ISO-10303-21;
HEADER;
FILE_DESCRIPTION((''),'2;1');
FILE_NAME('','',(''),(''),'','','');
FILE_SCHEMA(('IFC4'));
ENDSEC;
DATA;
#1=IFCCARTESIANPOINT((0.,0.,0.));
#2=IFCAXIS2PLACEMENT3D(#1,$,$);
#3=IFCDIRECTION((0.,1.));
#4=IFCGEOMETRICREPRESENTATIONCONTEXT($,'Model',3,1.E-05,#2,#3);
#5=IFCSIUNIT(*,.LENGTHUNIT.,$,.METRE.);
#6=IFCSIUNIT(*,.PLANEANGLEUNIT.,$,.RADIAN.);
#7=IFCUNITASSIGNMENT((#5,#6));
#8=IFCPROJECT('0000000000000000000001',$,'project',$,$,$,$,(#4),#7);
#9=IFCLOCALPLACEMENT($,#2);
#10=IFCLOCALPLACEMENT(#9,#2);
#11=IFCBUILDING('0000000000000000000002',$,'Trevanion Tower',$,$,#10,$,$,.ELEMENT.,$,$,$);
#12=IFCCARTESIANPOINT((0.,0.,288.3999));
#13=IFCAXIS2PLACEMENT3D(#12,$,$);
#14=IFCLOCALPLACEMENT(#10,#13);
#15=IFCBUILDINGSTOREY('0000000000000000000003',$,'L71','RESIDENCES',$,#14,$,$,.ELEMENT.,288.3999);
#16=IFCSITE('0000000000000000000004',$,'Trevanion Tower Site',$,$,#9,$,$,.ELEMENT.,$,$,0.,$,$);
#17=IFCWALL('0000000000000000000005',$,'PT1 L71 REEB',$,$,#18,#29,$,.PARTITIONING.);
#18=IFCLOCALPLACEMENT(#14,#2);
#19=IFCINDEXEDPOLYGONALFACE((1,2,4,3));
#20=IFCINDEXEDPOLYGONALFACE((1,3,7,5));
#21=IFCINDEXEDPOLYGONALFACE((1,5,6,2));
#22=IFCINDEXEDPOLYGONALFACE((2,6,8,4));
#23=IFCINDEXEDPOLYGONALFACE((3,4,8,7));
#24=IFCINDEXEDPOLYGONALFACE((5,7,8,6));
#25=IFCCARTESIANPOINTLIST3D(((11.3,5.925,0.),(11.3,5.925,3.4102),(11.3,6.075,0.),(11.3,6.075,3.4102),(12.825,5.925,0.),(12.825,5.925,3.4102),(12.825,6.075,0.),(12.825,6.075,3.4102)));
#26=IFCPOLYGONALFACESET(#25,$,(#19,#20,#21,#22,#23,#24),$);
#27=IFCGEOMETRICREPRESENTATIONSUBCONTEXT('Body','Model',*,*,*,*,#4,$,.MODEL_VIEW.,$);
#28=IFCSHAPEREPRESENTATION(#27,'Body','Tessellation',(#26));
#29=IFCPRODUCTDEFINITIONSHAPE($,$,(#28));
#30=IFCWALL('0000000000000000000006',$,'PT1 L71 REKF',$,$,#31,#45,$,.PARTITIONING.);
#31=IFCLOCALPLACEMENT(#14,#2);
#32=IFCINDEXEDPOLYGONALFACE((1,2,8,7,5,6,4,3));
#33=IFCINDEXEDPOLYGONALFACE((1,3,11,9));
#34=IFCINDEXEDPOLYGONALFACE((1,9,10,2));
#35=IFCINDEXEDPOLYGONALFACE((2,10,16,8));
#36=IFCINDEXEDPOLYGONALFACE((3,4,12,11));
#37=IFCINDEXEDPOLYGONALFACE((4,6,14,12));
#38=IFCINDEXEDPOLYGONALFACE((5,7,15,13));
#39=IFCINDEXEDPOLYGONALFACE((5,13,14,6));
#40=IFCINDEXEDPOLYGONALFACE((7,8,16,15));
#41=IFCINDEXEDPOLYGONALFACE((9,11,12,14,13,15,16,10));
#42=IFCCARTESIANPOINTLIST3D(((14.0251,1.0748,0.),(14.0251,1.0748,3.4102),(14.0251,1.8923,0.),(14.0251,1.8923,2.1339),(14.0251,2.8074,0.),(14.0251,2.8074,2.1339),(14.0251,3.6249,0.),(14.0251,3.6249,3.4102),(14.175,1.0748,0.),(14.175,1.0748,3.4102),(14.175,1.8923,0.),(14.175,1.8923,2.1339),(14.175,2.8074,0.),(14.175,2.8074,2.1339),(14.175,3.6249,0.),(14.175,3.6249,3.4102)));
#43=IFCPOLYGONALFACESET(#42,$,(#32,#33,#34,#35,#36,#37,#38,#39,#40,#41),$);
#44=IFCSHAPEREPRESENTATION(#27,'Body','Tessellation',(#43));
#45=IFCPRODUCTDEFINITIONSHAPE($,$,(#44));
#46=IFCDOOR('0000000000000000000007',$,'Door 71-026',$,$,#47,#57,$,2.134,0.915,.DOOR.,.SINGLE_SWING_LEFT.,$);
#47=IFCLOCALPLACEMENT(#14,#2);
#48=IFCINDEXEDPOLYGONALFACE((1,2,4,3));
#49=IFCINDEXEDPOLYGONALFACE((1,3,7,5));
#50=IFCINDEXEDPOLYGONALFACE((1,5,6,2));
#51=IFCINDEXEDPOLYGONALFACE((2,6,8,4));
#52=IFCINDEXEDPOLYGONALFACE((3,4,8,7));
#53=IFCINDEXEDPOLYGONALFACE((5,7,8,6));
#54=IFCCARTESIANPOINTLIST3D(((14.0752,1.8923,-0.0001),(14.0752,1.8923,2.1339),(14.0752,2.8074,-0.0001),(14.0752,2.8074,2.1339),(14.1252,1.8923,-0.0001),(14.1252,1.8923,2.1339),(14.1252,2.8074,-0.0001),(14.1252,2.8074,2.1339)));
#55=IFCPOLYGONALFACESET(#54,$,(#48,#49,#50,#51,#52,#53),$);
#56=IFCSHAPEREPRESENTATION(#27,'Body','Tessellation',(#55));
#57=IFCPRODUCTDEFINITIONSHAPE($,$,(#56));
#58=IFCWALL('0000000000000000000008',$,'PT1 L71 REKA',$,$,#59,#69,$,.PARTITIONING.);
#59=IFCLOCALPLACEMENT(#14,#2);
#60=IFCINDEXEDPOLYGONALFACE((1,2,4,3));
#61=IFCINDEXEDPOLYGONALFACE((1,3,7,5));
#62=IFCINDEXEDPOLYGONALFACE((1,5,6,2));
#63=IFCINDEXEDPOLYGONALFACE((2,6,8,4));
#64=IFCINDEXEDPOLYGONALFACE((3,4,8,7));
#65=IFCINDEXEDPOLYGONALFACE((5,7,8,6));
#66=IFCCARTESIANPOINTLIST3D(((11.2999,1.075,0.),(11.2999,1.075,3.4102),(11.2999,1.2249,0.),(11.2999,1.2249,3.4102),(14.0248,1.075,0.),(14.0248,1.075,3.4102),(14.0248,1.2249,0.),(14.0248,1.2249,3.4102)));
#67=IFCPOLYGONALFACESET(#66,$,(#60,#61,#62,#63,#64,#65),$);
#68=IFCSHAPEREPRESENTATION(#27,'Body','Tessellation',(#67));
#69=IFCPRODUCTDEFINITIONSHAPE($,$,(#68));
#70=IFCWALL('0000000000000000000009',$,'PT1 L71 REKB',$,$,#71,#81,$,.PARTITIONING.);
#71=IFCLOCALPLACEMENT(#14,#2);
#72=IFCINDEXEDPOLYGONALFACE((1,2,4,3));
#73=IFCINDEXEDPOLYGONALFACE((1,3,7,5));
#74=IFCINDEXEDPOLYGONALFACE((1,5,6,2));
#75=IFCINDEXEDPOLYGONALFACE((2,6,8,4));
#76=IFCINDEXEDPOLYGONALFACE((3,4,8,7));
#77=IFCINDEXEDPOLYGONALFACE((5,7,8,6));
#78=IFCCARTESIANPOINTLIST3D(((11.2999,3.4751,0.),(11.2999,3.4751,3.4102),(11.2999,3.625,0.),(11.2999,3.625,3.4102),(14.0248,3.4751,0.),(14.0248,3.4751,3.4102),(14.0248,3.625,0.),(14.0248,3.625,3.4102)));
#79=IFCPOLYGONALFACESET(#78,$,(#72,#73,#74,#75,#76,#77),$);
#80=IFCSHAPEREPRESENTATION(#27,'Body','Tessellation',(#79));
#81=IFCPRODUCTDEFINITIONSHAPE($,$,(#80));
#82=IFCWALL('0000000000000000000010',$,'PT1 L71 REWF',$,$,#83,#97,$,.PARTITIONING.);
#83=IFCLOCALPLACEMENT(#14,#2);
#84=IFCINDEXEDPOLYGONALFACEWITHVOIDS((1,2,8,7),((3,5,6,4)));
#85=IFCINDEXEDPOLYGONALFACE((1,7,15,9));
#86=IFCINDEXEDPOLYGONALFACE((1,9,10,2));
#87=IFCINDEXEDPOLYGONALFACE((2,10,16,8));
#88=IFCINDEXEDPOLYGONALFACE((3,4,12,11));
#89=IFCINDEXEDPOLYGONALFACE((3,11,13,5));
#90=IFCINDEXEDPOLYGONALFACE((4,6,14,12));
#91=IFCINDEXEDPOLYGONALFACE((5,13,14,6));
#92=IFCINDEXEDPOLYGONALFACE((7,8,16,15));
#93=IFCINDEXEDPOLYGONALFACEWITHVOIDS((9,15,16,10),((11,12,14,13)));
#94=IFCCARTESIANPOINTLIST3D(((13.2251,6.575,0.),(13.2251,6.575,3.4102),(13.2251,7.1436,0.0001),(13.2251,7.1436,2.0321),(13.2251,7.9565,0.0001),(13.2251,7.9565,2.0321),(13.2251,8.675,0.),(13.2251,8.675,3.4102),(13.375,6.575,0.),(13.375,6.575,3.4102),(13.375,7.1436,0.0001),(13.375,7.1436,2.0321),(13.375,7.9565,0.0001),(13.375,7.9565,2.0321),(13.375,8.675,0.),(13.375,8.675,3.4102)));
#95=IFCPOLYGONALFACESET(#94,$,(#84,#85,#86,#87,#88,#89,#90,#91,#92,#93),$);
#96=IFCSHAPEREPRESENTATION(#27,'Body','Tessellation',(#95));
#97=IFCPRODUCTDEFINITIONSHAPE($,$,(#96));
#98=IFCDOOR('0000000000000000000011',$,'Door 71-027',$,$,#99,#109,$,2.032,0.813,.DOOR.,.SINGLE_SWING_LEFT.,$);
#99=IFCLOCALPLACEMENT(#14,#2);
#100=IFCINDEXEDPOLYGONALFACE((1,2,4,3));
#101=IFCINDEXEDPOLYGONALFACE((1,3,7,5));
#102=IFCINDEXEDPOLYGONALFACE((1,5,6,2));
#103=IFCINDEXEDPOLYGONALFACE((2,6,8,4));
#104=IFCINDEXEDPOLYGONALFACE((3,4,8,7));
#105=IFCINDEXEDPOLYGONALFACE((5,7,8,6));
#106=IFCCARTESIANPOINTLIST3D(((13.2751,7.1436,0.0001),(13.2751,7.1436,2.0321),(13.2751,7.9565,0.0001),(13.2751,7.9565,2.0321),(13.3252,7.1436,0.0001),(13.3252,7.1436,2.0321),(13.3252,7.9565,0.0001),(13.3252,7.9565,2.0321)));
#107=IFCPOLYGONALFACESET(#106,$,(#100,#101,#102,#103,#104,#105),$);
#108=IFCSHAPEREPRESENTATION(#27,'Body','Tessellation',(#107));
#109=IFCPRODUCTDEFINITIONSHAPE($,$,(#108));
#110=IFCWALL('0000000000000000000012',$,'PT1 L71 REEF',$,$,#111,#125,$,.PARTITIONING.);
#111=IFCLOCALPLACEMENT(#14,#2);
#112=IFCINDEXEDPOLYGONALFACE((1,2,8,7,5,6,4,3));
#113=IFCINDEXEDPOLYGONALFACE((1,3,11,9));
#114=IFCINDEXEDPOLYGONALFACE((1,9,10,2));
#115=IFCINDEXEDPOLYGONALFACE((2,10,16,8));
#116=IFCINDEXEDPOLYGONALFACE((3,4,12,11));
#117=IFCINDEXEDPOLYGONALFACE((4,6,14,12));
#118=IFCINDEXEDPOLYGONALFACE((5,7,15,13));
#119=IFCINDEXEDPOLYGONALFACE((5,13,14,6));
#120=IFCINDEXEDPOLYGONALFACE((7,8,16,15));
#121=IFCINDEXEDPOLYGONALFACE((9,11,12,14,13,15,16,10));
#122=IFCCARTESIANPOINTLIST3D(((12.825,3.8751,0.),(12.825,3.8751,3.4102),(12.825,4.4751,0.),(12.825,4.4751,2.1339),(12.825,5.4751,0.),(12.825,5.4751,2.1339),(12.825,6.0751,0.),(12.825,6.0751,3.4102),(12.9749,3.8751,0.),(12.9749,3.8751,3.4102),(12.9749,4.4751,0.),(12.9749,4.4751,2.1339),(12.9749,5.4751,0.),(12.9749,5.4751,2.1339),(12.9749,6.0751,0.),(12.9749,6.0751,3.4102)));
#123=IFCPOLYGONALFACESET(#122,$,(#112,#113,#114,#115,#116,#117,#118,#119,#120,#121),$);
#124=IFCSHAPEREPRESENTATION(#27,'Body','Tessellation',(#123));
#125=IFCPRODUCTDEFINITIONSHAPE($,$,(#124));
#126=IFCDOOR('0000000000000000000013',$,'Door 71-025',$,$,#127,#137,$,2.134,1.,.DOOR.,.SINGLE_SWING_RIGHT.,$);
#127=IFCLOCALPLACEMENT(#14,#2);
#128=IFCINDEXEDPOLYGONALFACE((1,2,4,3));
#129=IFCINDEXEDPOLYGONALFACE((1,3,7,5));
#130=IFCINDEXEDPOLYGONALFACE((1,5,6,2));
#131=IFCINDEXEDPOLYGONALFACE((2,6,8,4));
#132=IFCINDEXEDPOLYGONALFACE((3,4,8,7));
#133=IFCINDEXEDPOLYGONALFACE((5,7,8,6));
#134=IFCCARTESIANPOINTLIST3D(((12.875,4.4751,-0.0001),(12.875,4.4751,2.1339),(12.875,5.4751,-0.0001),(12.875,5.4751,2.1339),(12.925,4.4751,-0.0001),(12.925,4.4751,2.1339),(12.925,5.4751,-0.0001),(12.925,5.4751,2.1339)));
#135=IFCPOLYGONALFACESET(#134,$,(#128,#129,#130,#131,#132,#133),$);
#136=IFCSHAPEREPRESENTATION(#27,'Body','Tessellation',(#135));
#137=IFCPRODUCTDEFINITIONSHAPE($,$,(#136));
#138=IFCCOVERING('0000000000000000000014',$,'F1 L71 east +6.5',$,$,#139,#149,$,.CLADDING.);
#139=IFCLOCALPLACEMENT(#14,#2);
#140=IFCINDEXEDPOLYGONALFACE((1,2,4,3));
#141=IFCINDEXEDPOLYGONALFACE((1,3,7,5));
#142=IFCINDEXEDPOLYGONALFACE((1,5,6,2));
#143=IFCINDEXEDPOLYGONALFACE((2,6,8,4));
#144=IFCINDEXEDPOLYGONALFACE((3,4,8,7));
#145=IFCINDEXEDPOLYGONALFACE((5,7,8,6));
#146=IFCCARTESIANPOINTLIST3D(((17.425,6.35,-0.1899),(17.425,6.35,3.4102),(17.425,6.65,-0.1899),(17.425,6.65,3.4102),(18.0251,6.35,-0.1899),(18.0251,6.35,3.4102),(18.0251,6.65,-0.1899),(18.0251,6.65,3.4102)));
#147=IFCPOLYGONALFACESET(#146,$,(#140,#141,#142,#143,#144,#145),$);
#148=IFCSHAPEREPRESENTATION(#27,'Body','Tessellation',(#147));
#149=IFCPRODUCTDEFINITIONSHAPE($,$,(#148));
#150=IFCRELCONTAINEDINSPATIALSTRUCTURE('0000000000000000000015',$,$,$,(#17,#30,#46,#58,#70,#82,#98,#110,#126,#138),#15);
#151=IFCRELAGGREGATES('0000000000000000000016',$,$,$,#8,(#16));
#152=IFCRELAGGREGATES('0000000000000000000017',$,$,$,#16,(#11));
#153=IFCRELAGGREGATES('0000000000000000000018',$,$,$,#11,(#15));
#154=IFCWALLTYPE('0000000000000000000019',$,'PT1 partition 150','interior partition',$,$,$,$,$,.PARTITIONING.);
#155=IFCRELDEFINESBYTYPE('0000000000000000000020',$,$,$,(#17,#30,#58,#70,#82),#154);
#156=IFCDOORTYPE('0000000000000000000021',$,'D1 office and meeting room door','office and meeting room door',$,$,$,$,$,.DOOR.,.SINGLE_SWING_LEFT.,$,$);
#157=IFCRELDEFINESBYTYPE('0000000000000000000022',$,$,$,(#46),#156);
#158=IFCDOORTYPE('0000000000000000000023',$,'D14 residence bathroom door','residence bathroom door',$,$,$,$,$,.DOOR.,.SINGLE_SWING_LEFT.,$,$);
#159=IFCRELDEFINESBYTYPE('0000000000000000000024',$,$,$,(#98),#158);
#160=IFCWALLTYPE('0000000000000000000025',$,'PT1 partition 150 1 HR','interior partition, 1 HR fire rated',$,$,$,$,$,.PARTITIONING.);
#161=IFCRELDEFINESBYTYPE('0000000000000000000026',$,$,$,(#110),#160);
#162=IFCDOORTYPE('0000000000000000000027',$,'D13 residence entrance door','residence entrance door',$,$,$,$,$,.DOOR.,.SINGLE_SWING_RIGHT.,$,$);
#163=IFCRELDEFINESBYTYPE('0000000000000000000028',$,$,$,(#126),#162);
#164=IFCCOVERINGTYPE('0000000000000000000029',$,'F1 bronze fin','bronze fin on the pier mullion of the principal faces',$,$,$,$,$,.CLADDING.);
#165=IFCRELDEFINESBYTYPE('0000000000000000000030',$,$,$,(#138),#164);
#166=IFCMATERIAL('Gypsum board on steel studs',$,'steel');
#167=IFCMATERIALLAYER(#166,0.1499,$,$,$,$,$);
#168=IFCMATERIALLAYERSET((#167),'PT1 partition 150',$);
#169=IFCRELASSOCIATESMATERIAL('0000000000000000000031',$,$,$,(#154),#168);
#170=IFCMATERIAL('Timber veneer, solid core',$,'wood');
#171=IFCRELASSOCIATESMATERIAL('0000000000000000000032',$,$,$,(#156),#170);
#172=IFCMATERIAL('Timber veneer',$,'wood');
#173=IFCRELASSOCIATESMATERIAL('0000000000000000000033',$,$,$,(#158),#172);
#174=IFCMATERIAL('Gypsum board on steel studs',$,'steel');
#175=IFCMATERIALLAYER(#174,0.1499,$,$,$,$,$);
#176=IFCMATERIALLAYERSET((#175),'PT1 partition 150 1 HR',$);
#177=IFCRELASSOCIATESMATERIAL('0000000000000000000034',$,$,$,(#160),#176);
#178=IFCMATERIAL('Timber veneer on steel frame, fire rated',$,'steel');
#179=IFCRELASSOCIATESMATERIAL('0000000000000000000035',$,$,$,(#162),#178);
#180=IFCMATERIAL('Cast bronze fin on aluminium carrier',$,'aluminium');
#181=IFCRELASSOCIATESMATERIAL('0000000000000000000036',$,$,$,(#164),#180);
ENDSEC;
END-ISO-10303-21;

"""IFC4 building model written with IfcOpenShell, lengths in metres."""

from ifc_helpers import new_model, si_unit, direction, frame, frame_2d, origin, origin_2d, place, context, subcontext, project, spatial, rectangle, extrude, material, layer, layer_set, type_object, element, fill, save


model = new_model("IFC4")

# Units and contexts
model_context = context("Model", 3, precision=1e-05, world=origin(), true_north=direction((0.0, 1.0)))
body_context = subcontext(model_context, "Body", "Model", "MODEL_VIEW")
ifc_project = project(units=[si_unit("LENGTHUNIT", "METRE"), si_unit("PLANEANGLEUNIT", "RADIAN")], contexts=[model_context])

# Site, building, storey
site_placement = place(None, origin())
site = spatial("IfcSite", under=ifc_project, at=site_placement, Name="Trevanion Tower Site", CompositionType="ELEMENT", RefElevation=0.0)
building_placement = place(site_placement, origin())
building = spatial("IfcBuilding", under=site, at=building_placement, Name="Trevanion Tower", CompositionType="ELEMENT")
storey_placement = place(building_placement, frame((0.0, 0.0, 288.3999)))
storey = spatial("IfcBuildingStorey", under=building, at=storey_placement, Name="L71", Description="RESIDENCES", CompositionType="ELEMENT", Elevation=288.3999)

# Shared definitions
ifc_material_1 = material(Name="Gypsum board on steel studs", Category="steel")
ifc_layer_1 = layer(ifc_material_1, 0.1499)
ifc_layer_set_1 = layer_set([ifc_layer_1], Name="PT1 partition 150")
wall_type_1 = type_object("IfcWallType", Name="PT1 partition 150", Description="interior partition", PredefinedType="PARTITIONING", material=ifc_layer_set_1)
ifc_material_2 = material(Name="Timber veneer, solid core", Category="wood")
door_type_1 = type_object("IfcDoorType", Name="D1 office and meeting room door", Description="office and meeting room door", OperationType="SINGLE_SWING_LEFT", PredefinedType="DOOR", material=ifc_material_2)

# Wall
for number, where, z_axis, x_axis, name in (
    (1, (11.3, 6.0, 0.0), (0.0, 0.0, 1.0), (1.0, 0.0, 0.0), "PT1 L71 REEB"),
):
    element("IfcWall", number, at=place(storey_placement, frame(where, z_axis=z_axis, x_axis=x_axis)), inside=storey, type_object=wall_type_1, Name=name, PredefinedType="PARTITIONING", context=body_context, shape_type="SweptSolid", body=[
        extrude(rectangle(XDim=1.5249, YDim=0.1499, at=frame_2d((0.7625, 0.0))), origin(), (0.0, 0.0, 1.0), 3.4102),
    ])

# Wall, opening, door
wall_1_placement = place(storey_placement, frame((14.1001, 1.075, 0.0), z_axis=(0.0, 0.0, 1.0), x_axis=(0.0, 1.0, 0.0)))
wall_1 = element("IfcWall", 2, at=wall_1_placement, inside=storey, type_object=wall_type_1, Name="PT1 L71 REKF", PredefinedType="PARTITIONING", context=body_context, shape_type="SweptSolid", body=[
    extrude(rectangle(XDim=2.55, YDim=0.1499, at=frame_2d((1.2749, 0.0))), origin(), (0.0, 0.0, 1.0), 3.4102),
])
opening_1_placement = place(wall_1_placement, frame((0.8174, 0.0, 0.0)))
opening_1 = element("IfcOpeningElement", 3, at=opening_1_placement, cuts=wall_1, PredefinedType="OPENING", context=body_context, shape_type="SweptSolid", body=[
    extrude(rectangle(XDim=0.915, YDim=2.134, at=frame_2d((0.4575, 1.0669))), frame((0.0, 0.085, 0.0), z_axis=(0.0, -1.0, 0.0), x_axis=(1.0, 0.0, 0.0)), (0.0, 0.0, 1.0), 0.1699),
])
door_1_placement = place(opening_1_placement, origin())
door_1 = element("IfcDoor", 4, at=door_1_placement, inside=storey, type_object=door_type_1, Name="Door 71-026", OperationType="SINGLE_SWING_LEFT", OverallHeight=2.134, OverallWidth=0.915, PredefinedType="DOOR", context=body_context, shape_type="SweptSolid", body=[
    extrude(rectangle(XDim=0.915, YDim=2.134, at=frame_2d((0.4575, 1.0669))), frame((0.0, 0.0249, 0.0), z_axis=(0.0, -1.0, 0.0), x_axis=(1.0, 0.0, 0.0)), (0.0, 0.0, 1.0), 0.05),
])
fill(opening_1, door_1)

# Walls
for number, where, z_axis, x_axis, name in (
    (5, (11.3, 1.1499, 0.0), (0.0, 0.0, 1.0), (1.0, 0.0, 0.0), "PT1 L71 REKA"),
    (6, (11.3, 3.55, 0.0), (0.0, 0.0, 1.0), (1.0, 0.0, 0.0), "PT1 L71 REKB"),
):
    element("IfcWall", number, at=place(storey_placement, frame(where, z_axis=z_axis, x_axis=x_axis)), inside=storey, type_object=wall_type_1, Name=name, PredefinedType="PARTITIONING", context=body_context, shape_type="SweptSolid", body=[
        extrude(rectangle(XDim=2.7249, YDim=0.1499, at=frame_2d((1.3623, 0.0))), origin(), (0.0, 0.0, 1.0), 3.4102),
    ])

# Walls, openings, doors
wall_2_placement = place(storey_placement, frame((13.3, 6.575, 0.0), z_axis=(0.0, 0.0, 1.0), x_axis=(0.0, 1.0, 0.0)))
wall_2 = element("IfcWall", 7, at=wall_2_placement, inside=storey, type_object=wall_type_1, Name="PT1 L71 REWF", PredefinedType="PARTITIONING", context=body_context, shape_type="SweptSolid", body=[
    extrude(rectangle(XDim=2.1001, YDim=0.1499, at=frame_2d((1.05, 0.0))), origin(), (0.0, 0.0, 1.0), 3.4102),
])
opening_2_placement = place(wall_2_placement, frame((0.5686, 0.0, 0.0)))
opening_2 = element("IfcOpeningElement", 8, at=opening_2_placement, cuts=wall_2, PredefinedType="OPENING", context=body_context, shape_type="SweptSolid", body=[
    extrude(rectangle(XDim=0.813, YDim=2.032, at=frame_2d((0.4065, 1.0161))), frame((0.0, 0.085, 0.0), z_axis=(0.0, -1.0, 0.0), x_axis=(1.0, 0.0, 0.0)), (0.0, 0.0, 1.0), 0.1699),
])
ifc_material_3 = material(Name="Timber veneer", Category="wood")
door_type_2 = type_object("IfcDoorType", Name="D14 residence bathroom door", Description="residence bathroom door", OperationType="SINGLE_SWING_LEFT", PredefinedType="DOOR", material=ifc_material_3)
door_2_placement = place(opening_2_placement, origin())
door_2 = element("IfcDoor", 9, at=door_2_placement, inside=storey, type_object=door_type_2, Name="Door 71-027", OperationType="SINGLE_SWING_LEFT", OverallHeight=2.032, OverallWidth=0.813, PredefinedType="DOOR", context=body_context, shape_type="SweptSolid", body=[
    extrude(rectangle(XDim=0.813, YDim=2.032, at=frame_2d((0.4065, 1.0161))), frame((0.0, 0.0249, 0.0), z_axis=(0.0, -1.0, 0.0), x_axis=(1.0, 0.0, 0.0)), (0.0, 0.0, 1.0), 0.05),
])
fill(opening_2, door_2)
ifc_material_4 = material(Name="Gypsum board on steel studs", Category="steel")
ifc_layer_2 = layer(ifc_material_4, 0.1499)
ifc_layer_set_2 = layer_set([ifc_layer_2], Name="PT1 partition 150 1 HR")
wall_type_2 = type_object("IfcWallType", Name="PT1 partition 150 1 HR", Description="interior partition, 1 HR fire rated", PredefinedType="PARTITIONING", material=ifc_layer_set_2)
wall_3_placement = place(storey_placement, frame((12.8999, 3.875, 0.0), z_axis=(0.0, 0.0, 1.0), x_axis=(0.0, 1.0, 0.0)))
wall_3 = element("IfcWall", 10, at=wall_3_placement, inside=storey, type_object=wall_type_2, Name="PT1 L71 REEF", PredefinedType="PARTITIONING", context=body_context, shape_type="SweptSolid", body=[
    extrude(rectangle(XDim=2.2, YDim=0.1499, at=frame_2d((1.1001, 0.0))), origin(), (0.0, 0.0, 1.0), 3.4102),
])
opening_3_placement = place(wall_3_placement, frame((0.6001, 0.0, 0.0)))
opening_3 = element("IfcOpeningElement", 11, at=opening_3_placement, cuts=wall_3, PredefinedType="OPENING", context=body_context, shape_type="SweptSolid", body=[
    extrude(rectangle(XDim=1.0, YDim=2.134, at=frame_2d((0.5, 1.0669))), frame((0.0, 0.085, 0.0), z_axis=(0.0, -1.0, 0.0), x_axis=(1.0, 0.0, 0.0)), (0.0, 0.0, 1.0), 0.1699),
])
ifc_material_5 = material(Name="Timber veneer on steel frame, fire rated", Category="steel")
door_type_3 = type_object("IfcDoorType", Name="D13 residence entrance door", Description="residence entrance door", OperationType="SINGLE_SWING_RIGHT", PredefinedType="DOOR", material=ifc_material_5)
door_3_placement = place(opening_3_placement, origin())
door_3 = element("IfcDoor", 12, at=door_3_placement, inside=storey, type_object=door_type_3, Name="Door 71-025", OperationType="SINGLE_SWING_RIGHT", OverallHeight=2.134, OverallWidth=1.0, PredefinedType="DOOR", context=body_context, shape_type="SweptSolid", body=[
    extrude(rectangle(XDim=1.0, YDim=2.134, at=frame_2d((0.5, 1.0669))), frame((0.0, 0.0249, 0.0), z_axis=(0.0, -1.0, 0.0), x_axis=(1.0, 0.0, 0.0)), (0.0, 0.0, 1.0), 0.05),
])
fill(opening_3, door_3)

# Covering
ifc_material_6 = material(Name="Cast bronze fin on aluminium carrier", Category="aluminium")
covering_type = type_object("IfcCoveringType", Name="F1 bronze fin", Description="bronze fin on the pier mullion of the principal faces", PredefinedType="CLADDING", material=ifc_material_6)
covering_placement = place(storey_placement, frame((17.7251, 6.5, -0.1899), z_axis=(0.0, 0.0, 1.0), x_axis=(0.0, 1.0, 0.0)))
element("IfcCovering", 13, at=covering_placement, inside=storey, type_object=covering_type, Name="F1 L71 east +6.5", PredefinedType="CLADDING", context=body_context, shape_type="SweptSolid", body=[
    extrude(rectangle(XDim=0.3, YDim=0.6001, at=origin_2d()), origin(), (0.0, 0.0, 1.0), 3.6001),
])

save(model, "model.ifc")
